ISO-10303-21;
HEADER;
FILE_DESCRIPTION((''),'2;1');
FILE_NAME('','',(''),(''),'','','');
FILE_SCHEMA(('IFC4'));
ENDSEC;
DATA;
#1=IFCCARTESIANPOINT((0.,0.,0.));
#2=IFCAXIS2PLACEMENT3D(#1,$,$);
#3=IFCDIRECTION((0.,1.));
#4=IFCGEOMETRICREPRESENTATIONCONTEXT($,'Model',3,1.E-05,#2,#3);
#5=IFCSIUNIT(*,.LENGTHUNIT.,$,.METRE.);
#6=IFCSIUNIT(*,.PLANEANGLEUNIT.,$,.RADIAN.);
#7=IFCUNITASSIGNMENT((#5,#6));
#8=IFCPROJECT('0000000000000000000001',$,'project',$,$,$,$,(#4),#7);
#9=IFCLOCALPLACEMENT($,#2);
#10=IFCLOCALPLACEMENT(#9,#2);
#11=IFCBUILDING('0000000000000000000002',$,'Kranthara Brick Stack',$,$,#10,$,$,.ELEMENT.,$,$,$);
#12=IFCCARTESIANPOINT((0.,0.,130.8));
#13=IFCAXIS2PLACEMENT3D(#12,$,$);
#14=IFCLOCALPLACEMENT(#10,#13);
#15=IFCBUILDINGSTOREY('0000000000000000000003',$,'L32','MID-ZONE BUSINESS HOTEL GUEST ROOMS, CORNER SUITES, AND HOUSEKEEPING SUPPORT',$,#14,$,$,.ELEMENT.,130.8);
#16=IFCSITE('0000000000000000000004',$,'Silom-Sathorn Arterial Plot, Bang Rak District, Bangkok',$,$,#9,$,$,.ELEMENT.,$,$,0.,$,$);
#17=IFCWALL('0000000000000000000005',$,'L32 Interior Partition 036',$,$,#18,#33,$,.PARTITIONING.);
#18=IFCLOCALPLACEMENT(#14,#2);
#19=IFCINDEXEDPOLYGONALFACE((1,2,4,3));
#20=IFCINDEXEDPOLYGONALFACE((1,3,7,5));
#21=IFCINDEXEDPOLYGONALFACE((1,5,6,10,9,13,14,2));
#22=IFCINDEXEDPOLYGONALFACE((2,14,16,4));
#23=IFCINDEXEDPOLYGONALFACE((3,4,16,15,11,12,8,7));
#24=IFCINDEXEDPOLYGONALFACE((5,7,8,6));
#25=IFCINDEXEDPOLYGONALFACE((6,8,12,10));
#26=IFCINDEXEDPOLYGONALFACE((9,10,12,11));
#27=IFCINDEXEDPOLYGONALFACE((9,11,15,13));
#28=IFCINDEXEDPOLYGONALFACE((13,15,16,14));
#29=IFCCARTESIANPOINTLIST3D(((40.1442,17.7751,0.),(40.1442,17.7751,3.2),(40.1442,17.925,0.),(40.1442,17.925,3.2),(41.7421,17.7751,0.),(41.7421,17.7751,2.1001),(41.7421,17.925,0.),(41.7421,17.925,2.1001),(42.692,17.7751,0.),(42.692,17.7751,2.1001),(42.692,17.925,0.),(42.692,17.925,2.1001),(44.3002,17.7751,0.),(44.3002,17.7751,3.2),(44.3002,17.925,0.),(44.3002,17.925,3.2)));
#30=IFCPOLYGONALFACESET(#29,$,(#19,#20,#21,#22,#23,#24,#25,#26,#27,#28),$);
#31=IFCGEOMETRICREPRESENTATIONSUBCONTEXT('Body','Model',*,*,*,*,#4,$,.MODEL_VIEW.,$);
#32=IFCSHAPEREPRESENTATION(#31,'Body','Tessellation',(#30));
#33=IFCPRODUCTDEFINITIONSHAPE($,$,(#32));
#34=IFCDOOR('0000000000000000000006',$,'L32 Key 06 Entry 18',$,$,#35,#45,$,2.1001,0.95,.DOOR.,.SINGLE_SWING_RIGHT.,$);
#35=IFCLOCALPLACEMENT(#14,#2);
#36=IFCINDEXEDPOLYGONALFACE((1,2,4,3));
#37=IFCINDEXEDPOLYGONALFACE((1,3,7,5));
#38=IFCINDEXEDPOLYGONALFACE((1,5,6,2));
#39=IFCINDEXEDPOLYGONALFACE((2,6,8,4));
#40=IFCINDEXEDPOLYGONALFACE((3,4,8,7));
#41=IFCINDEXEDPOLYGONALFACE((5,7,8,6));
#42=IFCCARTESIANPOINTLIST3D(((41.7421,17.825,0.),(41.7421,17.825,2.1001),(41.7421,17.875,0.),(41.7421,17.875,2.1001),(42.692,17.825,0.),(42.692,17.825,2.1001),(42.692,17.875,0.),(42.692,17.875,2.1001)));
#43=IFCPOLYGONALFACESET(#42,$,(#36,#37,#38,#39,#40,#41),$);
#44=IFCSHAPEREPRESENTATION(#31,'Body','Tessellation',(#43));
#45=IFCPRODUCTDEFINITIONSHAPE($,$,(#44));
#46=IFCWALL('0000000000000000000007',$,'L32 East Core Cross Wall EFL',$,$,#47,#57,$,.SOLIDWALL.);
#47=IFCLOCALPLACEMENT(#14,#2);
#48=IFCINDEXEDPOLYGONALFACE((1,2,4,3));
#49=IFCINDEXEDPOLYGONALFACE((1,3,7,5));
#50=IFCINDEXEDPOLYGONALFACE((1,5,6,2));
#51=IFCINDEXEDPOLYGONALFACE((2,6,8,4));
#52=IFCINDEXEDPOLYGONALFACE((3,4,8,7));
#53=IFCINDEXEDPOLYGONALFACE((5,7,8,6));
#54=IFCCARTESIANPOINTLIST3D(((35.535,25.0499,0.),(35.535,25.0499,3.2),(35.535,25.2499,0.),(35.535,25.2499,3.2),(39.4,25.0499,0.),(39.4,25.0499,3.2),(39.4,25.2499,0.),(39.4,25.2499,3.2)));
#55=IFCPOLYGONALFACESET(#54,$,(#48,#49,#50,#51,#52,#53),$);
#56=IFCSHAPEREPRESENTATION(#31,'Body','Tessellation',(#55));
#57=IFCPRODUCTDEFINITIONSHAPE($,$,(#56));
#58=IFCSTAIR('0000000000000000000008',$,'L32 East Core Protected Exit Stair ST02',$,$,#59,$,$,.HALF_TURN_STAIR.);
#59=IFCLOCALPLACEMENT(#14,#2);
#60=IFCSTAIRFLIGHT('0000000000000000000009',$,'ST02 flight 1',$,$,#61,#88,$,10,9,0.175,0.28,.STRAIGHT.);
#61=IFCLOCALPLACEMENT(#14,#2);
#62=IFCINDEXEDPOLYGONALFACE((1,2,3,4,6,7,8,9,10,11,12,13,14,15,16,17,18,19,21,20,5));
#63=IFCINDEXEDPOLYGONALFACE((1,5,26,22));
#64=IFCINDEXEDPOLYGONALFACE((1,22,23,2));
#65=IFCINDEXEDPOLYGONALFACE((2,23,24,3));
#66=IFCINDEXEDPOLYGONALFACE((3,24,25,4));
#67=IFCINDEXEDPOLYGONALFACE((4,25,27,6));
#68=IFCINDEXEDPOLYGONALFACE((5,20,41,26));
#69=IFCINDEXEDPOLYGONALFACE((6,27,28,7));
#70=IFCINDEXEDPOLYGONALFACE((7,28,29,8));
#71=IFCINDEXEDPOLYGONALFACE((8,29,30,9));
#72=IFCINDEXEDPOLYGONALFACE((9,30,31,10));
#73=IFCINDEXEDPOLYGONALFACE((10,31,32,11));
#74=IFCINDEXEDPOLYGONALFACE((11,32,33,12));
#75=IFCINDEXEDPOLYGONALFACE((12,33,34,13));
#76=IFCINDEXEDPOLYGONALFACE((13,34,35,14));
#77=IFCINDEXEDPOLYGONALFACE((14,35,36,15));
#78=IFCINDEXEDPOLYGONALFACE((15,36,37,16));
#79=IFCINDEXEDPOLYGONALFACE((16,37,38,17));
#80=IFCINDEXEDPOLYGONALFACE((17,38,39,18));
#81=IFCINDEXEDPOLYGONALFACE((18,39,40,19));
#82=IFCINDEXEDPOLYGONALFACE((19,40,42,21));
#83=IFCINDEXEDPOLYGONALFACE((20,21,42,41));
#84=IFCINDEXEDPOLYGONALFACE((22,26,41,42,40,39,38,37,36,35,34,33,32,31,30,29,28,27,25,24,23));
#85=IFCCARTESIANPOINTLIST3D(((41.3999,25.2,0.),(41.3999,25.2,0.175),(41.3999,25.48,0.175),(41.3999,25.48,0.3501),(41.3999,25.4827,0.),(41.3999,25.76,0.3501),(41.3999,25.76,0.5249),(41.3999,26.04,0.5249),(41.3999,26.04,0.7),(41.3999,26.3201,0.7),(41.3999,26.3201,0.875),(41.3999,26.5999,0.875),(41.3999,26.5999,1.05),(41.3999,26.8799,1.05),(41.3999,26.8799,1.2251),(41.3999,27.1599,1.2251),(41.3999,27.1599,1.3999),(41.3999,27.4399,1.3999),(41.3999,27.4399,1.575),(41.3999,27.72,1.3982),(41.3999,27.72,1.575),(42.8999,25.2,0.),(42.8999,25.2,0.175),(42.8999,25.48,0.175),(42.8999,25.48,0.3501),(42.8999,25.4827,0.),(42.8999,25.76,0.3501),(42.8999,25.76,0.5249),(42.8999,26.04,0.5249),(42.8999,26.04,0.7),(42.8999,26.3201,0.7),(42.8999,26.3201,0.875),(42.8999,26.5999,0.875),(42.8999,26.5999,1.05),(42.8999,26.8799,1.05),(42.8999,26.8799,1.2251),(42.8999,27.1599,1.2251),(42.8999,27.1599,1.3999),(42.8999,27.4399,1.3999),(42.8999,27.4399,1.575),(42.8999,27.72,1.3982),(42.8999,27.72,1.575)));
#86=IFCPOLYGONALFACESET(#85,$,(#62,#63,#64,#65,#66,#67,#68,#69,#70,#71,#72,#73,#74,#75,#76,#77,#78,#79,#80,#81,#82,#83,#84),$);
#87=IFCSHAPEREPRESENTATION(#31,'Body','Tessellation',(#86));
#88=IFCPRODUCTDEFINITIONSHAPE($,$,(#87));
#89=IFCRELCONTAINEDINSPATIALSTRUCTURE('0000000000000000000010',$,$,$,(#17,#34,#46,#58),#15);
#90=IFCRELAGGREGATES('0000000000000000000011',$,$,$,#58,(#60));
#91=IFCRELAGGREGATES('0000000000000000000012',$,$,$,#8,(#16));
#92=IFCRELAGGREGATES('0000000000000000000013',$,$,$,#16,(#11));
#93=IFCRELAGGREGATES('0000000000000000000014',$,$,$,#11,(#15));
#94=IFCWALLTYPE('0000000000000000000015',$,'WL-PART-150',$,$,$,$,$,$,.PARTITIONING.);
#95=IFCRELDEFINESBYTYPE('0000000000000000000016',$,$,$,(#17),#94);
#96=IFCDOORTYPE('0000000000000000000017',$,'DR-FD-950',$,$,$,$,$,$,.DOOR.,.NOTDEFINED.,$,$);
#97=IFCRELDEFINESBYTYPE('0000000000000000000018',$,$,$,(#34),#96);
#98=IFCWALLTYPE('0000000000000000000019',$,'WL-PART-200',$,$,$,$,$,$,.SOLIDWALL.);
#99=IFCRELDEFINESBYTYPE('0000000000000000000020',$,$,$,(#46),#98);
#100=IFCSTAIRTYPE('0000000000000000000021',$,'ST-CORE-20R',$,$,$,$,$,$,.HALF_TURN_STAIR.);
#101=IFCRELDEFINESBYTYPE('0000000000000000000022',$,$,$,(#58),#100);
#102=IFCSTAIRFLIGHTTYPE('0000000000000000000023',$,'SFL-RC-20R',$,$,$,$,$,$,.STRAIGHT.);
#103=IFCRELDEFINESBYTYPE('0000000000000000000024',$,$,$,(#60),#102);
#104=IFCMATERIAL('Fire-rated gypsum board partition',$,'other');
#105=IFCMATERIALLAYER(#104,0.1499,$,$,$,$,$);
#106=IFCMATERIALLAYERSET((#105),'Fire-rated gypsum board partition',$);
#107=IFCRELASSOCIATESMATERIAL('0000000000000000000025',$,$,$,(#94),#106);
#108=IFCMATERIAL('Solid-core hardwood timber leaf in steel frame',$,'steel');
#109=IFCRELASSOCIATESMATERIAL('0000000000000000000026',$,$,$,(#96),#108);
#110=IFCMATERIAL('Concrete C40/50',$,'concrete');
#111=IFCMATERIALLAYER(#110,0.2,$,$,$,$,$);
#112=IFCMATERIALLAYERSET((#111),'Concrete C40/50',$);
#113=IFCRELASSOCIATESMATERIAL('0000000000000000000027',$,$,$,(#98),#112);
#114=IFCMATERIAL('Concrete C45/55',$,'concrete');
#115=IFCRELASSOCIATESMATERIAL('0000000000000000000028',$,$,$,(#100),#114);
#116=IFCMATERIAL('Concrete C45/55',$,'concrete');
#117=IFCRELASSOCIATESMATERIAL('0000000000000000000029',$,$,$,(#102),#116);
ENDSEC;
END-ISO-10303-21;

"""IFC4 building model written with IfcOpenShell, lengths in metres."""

from ifc_helpers import new_model, si_unit, direction, frame, frame_2d, origin, place, context, subcontext, project, spatial, polyline, rectangle, outline, extrude, material, layer, layer_set, type_object, element, fill, aggregate, save


model = new_model("IFC4")

# Units and contexts
model_context = context("Model", 3, precision=1e-05, world=origin(), true_north=direction((0.0, 1.0)))
body_context = subcontext(model_context, "Body", "Model", "MODEL_VIEW")
ifc_project = project(units=[si_unit("LENGTHUNIT", "METRE"), si_unit("PLANEANGLEUNIT", "RADIAN")], contexts=[model_context])

# Site, building, storey
site_placement = place(None, origin())
site = spatial("IfcSite", under=ifc_project, at=site_placement, Name="Silom-Sathorn Arterial Plot, Bang Rak District, Bangkok", CompositionType="ELEMENT", RefElevation=0.0)
building_placement = place(site_placement, origin())
building = spatial("IfcBuilding", under=site, at=building_placement, Name="Kranthara Brick Stack", CompositionType="ELEMENT")
storey_placement = place(building_placement, frame((0.0, 0.0, 130.8)))
storey = spatial("IfcBuildingStorey", under=building, at=storey_placement, Name="L32", Description="MID-ZONE BUSINESS HOTEL GUEST ROOMS, CORNER SUITES, AND HOUSEKEEPING SUPPORT", CompositionType="ELEMENT", Elevation=130.8)

# Shared definitions
ifc_material_1 = material(Name="Fire-rated gypsum board partition", Category="other")
ifc_layer_1 = layer(ifc_material_1, 0.1499)
ifc_layer_set_1 = layer_set([ifc_layer_1], Name="Fire-rated gypsum board partition")
wall_type_1 = type_object("IfcWallType", Name="WL-PART-150", PredefinedType="PARTITIONING", material=ifc_layer_set_1)

# Wall, opening, door
wall_1_placement = place(storey_placement, frame((40.144, 17.8501, 0.0), z_axis=(0.0, 0.0, 1.0), x_axis=(1.0, 0.0, 0.0)))
wall_1 = element("IfcWall", 1, at=wall_1_placement, inside=storey, type_object=wall_type_1, Name="L32 Interior Partition 036", PredefinedType="PARTITIONING", context=body_context, shape_type="SweptSolid", body=[
    extrude(rectangle(XDim=4.156, YDim=0.1499, at=frame_2d((2.0781, 0.0))), origin(), (0.0, 0.0, 1.0), 3.2),
])
opening_1_placement = place(wall_1_placement, frame((1.5979, 0.0, 0.0)))
opening_1 = element("IfcOpeningElement", 2, at=opening_1_placement, cuts=wall_1, PredefinedType="OPENING", context=body_context, shape_type="SweptSolid", body=[
    extrude(rectangle(XDim=0.95, YDim=2.1001, at=frame_2d((0.4751, 1.05))), frame((0.0, 0.085, 0.0), z_axis=(0.0, -1.0, 0.0), x_axis=(1.0, 0.0, 0.0)), (0.0, 0.0, 1.0), 0.1699),
])
ifc_material_2 = material(Name="Solid-core hardwood timber leaf in steel frame", Category="steel")
door_type_1 = type_object("IfcDoorType", Name="DR-FD-950", OperationType="NOTDEFINED", PredefinedType="DOOR", material=ifc_material_2)
door_1_placement = place(opening_1_placement, origin())
door_1 = element("IfcDoor", 3, at=door_1_placement, inside=storey, type_object=door_type_1, Name="L32 Key 06 Entry 18", OperationType="SINGLE_SWING_RIGHT", OverallHeight=2.1001, OverallWidth=0.95, PredefinedType="DOOR", context=body_context, shape_type="SweptSolid", body=[
    extrude(rectangle(XDim=0.95, YDim=2.1001, at=frame_2d((0.4751, 1.05))), frame((0.0, 0.0249, 0.0), z_axis=(0.0, -1.0, 0.0), x_axis=(1.0, 0.0, 0.0)), (0.0, 0.0, 1.0), 0.05),
])
fill(opening_1, door_1)

# Wall
ifc_material_3 = material(Name="Concrete C40/50", Category="concrete")
ifc_layer_2 = layer(ifc_material_3, 0.2)
ifc_layer_set_2 = layer_set([ifc_layer_2], Name="Concrete C40/50")
wall_type_2 = type_object("IfcWallType", Name="WL-PART-200", PredefinedType="SOLIDWALL", material=ifc_layer_set_2)
wall_2_placement = place(storey_placement, frame((35.5349, 25.1499, 0.0), z_axis=(0.0, 0.0, 1.0), x_axis=(1.0, 0.0, 0.0)))
element("IfcWall", 4, at=wall_2_placement, inside=storey, type_object=wall_type_2, Name="L32 East Core Cross Wall EFL", PredefinedType="SOLIDWALL", context=body_context, shape_type="SweptSolid", body=[
    extrude(rectangle(XDim=3.865, YDim=0.2, at=frame_2d((1.9326, 0.0))), origin(), (0.0, 0.0, 1.0), 3.2),
])

# Stair, stair flight
ifc_material_4 = material(Name="Concrete C45/55", Category="concrete")
stair_type = type_object("IfcStairType", Name="ST-CORE-20R", PredefinedType="HALF_TURN_STAIR", material=ifc_material_4)
stair_placement = place(storey_placement, origin())
stair = element("IfcStair", 5, at=stair_placement, inside=storey, type_object=stair_type, Name="L32 East Core Protected Exit Stair ST02", PredefinedType="HALF_TURN_STAIR")
ifc_material_5 = material(Name="Concrete C45/55", Category="concrete")
stair_flight_type = type_object("IfcStairFlightType", Name="SFL-RC-20R", PredefinedType="STRAIGHT", material=ifc_material_5)
stair_flight_placement = place(storey_placement, frame((42.1499, 25.2, 0.0), z_axis=(0.0, 0.0, 1.0), x_axis=(0.0, 1.0, 0.0)))
stair_flight = element("IfcStairFlight", 6, at=stair_flight_placement, type_object=stair_flight_type, Name="ST02 flight 1", NumberOfRisers=10, NumberOfTreads=9, PredefinedType="STRAIGHT", RiserHeight=0.175, TreadLength=0.28, context=body_context, shape_type="SweptSolid", body=[
    extrude(outline(polyline([(0.0, 0.0), (0.0, 0.175), (0.28, 0.175), (0.28, 0.3501), (0.5601, 0.3501), (0.5601, 0.5249), (0.8401, 0.5249), (0.8401, 0.7), (1.1201, 0.7), (1.1201, 0.875), (1.3999, 0.875), (1.3999, 1.05), (1.6799, 1.05), (1.6799, 1.2251), (1.96, 1.2251), (1.96, 1.3999), (2.24, 1.3999), (2.24, 1.575), (2.52, 1.575), (2.52, 1.75), (2.52, 1.3982), (0.2827, 0.0), (0.0, 0.0)])), frame((0.0, 0.75, 0.0), z_axis=(0.0, -1.0, 0.0), x_axis=(1.0, 0.0, 0.0)), (0.0, 0.0, 1.0), 1.5),
])
aggregate(stair, [stair_flight])

save(model, "model.ifc")
